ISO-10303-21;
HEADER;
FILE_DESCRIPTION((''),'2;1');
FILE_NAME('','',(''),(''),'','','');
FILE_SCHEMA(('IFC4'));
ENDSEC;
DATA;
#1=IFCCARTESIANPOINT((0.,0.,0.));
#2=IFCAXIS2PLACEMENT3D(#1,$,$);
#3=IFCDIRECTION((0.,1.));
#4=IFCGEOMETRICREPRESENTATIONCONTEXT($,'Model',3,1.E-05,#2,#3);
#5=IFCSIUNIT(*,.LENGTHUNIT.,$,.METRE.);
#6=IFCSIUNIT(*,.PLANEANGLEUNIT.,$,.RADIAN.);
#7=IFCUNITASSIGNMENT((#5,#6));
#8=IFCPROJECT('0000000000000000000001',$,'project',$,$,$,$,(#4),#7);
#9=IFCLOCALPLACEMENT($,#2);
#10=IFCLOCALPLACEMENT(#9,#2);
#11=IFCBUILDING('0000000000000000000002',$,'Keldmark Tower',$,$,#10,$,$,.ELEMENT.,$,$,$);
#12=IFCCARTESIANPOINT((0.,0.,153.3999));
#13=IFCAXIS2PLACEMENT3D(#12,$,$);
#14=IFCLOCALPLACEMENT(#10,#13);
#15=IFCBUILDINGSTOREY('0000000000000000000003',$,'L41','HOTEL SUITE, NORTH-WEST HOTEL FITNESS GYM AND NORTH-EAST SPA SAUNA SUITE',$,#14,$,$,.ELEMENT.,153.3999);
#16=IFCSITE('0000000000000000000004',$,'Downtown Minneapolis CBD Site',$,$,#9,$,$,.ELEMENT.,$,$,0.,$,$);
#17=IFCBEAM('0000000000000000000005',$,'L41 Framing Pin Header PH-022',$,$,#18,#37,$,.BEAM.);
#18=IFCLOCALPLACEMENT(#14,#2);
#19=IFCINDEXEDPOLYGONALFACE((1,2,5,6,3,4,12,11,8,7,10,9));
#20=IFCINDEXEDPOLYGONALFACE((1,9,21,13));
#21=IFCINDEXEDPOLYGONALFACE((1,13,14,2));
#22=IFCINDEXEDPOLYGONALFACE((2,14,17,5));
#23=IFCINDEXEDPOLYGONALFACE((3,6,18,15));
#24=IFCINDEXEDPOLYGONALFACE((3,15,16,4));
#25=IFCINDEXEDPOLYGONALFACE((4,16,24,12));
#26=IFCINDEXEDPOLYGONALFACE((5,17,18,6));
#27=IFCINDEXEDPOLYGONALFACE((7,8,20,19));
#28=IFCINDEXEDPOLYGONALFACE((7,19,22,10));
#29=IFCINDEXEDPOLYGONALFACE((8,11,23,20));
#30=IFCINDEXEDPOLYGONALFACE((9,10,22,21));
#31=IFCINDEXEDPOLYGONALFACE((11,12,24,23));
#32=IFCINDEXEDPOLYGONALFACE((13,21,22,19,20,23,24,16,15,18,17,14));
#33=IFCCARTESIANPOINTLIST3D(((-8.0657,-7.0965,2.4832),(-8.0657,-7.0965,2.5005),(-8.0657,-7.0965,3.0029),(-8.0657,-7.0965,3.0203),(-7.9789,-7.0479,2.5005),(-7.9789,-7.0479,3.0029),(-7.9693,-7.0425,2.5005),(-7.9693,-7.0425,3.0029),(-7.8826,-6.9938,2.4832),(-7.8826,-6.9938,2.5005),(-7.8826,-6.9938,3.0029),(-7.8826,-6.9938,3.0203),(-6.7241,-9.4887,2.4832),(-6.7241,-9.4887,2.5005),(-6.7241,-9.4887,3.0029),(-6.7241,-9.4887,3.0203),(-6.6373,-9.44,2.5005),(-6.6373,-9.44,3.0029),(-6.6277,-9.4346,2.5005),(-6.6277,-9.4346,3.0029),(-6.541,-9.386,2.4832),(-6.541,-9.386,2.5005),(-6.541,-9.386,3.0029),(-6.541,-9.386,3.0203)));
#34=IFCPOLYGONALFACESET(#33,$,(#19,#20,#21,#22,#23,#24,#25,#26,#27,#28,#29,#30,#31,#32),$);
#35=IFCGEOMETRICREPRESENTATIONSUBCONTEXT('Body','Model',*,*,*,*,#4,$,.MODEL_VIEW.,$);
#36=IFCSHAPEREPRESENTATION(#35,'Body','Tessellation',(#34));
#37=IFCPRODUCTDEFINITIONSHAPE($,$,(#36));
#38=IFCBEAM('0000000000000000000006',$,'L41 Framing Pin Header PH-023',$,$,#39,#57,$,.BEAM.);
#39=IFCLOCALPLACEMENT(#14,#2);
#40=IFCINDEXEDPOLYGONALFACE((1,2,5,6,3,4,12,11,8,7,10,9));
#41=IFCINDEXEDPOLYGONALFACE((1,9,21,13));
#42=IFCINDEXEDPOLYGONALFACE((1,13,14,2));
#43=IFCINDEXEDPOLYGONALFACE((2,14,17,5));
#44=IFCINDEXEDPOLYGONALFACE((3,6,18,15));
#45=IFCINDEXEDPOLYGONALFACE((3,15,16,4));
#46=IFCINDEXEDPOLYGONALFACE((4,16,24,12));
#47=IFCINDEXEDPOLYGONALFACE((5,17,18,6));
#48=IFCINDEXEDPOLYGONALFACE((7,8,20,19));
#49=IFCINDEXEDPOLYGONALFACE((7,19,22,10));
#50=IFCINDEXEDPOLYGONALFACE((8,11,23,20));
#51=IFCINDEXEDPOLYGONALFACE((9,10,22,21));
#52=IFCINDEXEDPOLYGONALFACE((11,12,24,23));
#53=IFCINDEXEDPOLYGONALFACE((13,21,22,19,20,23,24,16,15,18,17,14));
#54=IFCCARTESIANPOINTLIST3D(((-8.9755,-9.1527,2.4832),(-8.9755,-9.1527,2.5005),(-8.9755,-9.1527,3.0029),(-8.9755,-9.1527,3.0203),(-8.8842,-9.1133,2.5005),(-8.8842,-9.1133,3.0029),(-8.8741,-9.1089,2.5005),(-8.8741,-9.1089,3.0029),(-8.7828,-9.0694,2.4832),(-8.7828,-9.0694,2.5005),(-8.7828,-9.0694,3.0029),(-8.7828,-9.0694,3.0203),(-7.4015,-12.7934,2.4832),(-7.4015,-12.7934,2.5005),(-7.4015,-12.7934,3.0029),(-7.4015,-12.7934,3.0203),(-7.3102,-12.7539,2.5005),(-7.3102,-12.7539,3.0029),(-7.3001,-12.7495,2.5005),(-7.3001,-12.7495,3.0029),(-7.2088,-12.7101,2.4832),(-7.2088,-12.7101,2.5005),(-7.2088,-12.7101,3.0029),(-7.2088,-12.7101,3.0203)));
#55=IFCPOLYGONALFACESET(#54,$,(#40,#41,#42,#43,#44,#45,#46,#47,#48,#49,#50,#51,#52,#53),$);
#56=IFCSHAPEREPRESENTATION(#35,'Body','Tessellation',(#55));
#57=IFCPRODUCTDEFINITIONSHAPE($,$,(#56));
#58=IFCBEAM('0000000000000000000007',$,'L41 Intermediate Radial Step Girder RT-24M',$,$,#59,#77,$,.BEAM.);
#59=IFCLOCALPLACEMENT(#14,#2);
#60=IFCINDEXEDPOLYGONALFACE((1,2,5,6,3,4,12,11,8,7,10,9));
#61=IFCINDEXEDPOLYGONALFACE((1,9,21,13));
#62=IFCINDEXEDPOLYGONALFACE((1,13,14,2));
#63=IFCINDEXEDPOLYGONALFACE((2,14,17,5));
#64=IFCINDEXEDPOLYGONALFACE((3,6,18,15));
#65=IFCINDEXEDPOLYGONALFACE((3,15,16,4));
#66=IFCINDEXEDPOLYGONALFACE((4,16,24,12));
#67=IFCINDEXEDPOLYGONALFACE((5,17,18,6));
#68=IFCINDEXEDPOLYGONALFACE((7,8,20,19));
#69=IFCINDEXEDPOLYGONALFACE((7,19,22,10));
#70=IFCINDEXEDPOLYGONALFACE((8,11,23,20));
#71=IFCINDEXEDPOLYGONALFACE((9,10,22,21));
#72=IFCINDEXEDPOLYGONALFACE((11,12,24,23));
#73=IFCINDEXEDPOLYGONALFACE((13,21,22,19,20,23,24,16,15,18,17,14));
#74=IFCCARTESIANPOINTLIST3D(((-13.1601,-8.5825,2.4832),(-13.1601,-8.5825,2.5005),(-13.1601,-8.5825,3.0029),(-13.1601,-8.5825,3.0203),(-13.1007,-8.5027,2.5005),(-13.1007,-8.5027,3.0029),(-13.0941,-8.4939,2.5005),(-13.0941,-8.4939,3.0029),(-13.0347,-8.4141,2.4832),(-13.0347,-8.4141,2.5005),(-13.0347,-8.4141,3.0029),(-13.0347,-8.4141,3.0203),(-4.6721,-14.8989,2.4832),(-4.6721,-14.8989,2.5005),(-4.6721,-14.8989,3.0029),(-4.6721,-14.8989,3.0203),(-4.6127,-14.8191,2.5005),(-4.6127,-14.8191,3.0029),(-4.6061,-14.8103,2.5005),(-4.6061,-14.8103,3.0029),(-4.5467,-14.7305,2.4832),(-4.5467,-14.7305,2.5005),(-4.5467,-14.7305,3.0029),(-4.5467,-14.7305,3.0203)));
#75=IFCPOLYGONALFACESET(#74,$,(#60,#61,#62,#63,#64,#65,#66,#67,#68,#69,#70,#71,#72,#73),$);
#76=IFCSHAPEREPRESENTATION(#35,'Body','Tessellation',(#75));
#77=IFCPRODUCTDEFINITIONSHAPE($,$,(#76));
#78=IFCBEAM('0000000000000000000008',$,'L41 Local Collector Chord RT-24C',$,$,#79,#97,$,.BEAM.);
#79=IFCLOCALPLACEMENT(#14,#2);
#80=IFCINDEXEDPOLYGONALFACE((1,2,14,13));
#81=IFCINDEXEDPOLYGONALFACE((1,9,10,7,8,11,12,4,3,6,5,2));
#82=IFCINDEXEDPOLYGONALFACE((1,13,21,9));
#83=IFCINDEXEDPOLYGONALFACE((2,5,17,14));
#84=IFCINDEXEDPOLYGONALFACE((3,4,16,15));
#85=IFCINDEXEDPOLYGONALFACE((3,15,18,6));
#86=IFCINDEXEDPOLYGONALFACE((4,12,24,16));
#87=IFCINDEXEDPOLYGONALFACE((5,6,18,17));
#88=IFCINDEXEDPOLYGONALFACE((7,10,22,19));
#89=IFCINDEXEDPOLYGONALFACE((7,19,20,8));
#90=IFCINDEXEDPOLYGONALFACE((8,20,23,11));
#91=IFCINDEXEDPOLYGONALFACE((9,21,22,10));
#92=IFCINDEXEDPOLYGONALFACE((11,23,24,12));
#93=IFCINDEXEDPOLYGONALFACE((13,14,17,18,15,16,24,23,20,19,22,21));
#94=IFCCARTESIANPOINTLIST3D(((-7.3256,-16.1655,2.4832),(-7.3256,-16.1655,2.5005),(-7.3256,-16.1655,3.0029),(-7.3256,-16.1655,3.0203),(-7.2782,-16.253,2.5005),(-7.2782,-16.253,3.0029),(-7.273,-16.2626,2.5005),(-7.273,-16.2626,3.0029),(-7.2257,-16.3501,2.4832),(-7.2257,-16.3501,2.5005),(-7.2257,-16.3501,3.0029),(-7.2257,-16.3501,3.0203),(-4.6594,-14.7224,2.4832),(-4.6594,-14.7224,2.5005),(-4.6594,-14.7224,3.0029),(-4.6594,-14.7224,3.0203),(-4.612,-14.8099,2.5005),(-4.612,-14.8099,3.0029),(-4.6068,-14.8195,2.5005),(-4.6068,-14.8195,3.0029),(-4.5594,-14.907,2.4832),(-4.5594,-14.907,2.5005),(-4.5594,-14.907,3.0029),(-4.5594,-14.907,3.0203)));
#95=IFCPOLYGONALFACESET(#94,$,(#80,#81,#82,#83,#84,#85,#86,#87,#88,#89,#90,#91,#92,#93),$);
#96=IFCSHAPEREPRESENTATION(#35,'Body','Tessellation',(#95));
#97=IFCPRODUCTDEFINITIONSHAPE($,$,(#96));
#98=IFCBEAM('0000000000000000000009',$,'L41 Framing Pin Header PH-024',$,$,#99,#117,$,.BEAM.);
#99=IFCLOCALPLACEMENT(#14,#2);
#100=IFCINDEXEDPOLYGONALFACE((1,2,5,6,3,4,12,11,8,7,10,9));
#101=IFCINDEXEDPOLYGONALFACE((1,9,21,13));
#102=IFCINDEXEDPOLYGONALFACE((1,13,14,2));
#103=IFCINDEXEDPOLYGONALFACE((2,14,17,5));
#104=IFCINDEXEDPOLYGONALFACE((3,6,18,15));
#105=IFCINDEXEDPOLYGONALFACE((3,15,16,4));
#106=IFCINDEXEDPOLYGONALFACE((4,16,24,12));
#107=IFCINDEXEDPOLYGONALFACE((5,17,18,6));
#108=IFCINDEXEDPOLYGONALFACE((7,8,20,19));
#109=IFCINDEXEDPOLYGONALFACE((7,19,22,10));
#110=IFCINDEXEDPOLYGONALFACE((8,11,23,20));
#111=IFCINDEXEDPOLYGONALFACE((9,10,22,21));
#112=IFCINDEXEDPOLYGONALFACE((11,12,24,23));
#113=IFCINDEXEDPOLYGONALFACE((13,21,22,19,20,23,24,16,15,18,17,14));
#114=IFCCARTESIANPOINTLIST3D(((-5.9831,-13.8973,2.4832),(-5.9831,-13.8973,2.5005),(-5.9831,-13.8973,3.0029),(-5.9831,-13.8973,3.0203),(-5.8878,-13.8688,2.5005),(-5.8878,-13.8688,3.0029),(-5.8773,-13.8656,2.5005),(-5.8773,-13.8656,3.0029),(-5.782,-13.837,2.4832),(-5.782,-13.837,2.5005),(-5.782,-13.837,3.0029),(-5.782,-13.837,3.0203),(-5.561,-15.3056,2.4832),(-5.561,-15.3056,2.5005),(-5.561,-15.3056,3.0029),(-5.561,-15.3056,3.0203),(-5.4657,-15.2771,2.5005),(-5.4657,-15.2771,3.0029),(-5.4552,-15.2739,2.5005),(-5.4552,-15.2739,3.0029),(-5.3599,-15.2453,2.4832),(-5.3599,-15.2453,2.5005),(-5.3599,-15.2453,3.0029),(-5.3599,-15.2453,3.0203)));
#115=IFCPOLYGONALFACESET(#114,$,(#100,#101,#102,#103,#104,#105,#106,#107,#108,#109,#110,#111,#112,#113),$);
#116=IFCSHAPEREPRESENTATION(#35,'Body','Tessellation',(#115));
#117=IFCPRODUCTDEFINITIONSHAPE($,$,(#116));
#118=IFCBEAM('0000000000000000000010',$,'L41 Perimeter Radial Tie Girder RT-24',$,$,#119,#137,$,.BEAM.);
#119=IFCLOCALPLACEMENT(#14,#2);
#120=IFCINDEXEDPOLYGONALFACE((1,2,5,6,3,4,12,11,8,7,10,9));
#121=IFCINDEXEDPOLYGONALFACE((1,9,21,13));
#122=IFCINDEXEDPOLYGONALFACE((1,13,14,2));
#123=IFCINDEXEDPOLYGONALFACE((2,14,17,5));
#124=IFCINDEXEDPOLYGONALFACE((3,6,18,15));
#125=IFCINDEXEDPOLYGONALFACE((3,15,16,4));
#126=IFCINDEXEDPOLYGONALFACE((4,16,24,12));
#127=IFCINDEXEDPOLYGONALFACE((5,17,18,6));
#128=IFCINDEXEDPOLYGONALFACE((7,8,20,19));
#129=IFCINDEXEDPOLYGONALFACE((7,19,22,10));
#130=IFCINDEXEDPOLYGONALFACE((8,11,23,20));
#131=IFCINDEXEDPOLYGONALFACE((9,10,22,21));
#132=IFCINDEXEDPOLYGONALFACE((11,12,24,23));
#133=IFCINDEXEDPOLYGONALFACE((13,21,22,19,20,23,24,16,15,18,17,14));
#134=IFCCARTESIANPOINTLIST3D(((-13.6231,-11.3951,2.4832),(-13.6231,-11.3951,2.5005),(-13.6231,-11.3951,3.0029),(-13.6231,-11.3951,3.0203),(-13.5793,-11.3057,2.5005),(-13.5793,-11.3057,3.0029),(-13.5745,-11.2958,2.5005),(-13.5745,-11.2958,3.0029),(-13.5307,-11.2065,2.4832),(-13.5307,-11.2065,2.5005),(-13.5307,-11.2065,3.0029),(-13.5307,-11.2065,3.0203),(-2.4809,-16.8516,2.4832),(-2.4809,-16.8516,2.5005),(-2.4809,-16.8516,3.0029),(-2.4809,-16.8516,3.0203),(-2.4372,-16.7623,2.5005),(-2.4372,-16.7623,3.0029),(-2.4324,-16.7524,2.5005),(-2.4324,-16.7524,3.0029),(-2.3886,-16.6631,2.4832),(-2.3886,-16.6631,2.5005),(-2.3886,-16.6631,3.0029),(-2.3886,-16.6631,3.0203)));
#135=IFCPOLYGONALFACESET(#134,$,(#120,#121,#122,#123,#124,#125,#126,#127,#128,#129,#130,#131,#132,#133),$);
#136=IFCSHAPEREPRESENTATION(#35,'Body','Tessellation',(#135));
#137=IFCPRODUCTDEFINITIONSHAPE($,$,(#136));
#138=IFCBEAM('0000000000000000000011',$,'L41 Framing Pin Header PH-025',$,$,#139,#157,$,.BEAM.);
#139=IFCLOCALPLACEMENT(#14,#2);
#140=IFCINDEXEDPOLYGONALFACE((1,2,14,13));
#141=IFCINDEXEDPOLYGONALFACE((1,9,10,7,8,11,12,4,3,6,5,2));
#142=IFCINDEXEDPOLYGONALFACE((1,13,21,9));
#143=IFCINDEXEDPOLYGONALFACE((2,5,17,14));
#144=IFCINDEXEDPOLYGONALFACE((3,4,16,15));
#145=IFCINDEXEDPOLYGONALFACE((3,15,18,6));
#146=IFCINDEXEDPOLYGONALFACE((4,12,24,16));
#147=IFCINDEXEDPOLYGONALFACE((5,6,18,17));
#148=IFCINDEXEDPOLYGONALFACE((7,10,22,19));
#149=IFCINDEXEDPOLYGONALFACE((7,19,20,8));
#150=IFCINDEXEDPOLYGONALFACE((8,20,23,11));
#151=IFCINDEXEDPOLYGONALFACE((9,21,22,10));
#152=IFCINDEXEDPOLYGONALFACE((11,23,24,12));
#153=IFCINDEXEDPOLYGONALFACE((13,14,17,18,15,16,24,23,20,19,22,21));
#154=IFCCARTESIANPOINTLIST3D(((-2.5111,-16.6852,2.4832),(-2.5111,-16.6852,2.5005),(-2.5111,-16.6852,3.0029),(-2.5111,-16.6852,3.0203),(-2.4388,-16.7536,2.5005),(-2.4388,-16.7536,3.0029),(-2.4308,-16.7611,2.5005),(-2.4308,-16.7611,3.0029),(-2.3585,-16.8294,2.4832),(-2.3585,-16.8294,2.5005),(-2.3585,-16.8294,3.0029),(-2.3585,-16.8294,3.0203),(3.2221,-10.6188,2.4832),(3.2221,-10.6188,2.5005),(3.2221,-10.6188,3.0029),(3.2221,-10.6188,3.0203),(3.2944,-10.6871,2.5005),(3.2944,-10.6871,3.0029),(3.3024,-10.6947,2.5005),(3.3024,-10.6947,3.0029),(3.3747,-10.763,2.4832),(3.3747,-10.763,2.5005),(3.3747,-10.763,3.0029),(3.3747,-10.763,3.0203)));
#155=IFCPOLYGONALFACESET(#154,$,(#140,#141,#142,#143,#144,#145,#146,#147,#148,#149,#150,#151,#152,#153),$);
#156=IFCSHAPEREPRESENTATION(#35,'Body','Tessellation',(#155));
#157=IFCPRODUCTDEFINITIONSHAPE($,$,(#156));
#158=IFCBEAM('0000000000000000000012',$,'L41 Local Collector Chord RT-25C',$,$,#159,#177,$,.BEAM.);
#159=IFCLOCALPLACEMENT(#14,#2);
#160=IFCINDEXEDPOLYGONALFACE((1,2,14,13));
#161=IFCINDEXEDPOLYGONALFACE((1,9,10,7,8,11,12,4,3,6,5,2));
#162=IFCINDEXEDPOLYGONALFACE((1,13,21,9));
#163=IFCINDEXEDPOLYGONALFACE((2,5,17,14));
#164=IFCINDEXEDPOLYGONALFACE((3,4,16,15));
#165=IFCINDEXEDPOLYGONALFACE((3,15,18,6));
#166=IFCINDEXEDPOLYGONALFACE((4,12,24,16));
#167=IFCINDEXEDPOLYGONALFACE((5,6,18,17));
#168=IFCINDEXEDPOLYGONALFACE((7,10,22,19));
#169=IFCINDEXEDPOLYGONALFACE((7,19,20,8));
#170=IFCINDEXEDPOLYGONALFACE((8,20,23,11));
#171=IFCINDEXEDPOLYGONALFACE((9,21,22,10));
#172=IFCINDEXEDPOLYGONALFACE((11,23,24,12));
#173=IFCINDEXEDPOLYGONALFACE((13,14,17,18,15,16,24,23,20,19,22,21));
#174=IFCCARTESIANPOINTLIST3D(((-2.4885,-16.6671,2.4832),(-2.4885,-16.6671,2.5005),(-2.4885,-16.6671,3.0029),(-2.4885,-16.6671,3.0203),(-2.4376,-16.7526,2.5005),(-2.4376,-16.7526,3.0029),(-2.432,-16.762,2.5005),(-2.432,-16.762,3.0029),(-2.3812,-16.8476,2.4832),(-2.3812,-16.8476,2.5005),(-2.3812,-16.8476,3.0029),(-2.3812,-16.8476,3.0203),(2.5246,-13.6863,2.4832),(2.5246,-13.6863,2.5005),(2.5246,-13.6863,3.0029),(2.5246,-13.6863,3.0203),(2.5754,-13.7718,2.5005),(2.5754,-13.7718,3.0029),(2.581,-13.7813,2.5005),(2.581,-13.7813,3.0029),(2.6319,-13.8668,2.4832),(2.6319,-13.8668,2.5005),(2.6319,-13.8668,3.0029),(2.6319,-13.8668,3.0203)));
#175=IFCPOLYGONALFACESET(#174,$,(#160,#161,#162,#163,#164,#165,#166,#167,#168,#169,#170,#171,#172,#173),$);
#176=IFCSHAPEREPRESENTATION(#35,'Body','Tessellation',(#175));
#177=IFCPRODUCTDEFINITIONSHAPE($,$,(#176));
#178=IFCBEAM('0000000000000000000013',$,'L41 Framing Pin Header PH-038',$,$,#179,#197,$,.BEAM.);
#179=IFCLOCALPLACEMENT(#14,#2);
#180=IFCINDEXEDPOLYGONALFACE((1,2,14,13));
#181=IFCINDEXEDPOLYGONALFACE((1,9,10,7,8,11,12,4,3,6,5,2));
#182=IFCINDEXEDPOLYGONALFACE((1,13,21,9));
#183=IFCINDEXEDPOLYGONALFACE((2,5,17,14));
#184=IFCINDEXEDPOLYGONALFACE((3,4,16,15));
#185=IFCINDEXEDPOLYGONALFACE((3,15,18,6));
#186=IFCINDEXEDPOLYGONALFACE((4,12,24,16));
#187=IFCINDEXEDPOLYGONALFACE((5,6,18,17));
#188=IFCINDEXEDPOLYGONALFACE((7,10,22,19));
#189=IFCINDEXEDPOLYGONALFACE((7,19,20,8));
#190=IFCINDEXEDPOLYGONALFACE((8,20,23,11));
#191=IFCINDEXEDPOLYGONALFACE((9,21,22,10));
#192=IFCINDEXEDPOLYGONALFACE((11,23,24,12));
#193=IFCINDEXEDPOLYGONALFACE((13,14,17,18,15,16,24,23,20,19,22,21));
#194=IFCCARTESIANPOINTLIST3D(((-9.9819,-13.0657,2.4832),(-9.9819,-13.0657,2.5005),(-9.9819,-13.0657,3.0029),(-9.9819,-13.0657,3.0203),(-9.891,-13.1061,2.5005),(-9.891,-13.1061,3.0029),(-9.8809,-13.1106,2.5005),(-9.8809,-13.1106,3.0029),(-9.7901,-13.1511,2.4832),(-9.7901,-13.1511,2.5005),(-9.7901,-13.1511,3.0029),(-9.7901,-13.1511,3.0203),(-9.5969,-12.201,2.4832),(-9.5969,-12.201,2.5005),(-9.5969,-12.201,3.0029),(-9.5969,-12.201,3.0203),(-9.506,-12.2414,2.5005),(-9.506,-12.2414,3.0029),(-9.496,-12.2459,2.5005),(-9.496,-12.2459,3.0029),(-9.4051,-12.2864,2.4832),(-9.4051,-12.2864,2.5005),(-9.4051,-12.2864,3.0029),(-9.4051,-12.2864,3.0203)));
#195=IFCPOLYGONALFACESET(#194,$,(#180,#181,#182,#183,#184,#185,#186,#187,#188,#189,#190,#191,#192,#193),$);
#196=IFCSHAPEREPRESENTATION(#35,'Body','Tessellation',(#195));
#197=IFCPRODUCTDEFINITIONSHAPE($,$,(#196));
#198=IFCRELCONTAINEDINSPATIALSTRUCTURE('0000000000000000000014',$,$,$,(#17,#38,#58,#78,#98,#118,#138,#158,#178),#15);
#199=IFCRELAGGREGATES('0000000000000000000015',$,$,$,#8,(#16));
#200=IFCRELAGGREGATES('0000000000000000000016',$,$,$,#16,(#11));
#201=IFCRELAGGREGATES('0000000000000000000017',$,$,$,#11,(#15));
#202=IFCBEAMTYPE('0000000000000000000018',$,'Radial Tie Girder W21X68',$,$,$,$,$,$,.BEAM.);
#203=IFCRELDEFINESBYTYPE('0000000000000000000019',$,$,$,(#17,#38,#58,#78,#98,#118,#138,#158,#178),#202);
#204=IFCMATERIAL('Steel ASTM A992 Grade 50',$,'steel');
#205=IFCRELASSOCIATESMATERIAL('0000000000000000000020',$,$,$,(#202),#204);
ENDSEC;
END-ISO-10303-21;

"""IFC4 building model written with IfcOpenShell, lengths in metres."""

from ifc_helpers import new_model, si_unit, direction, frame, origin, origin_2d, place, context, subcontext, project, spatial, i_section, extrude, material, material_profile, profile_set, type_object, element, save


model = new_model("IFC4")

# Units and contexts
model_context = context("Model", 3, precision=1e-05, world=origin(), true_north=direction((0.0, 1.0)))
body_context = subcontext(model_context, "Body", "Model", "MODEL_VIEW")
ifc_project = project(units=[si_unit("LENGTHUNIT", "METRE"), si_unit("PLANEANGLEUNIT", "RADIAN")], contexts=[model_context])

# Site, building, storey
site_placement = place(None, origin())
site = spatial("IfcSite", under=ifc_project, at=site_placement, Name="Downtown Minneapolis CBD Site", CompositionType="ELEMENT", RefElevation=0.0)
building_placement = place(site_placement, origin())
building = spatial("IfcBuilding", under=site, at=building_placement, Name="Keldmark Tower", CompositionType="ELEMENT")
storey_placement = place(building_placement, frame((0.0, 0.0, 153.3999)))
storey = spatial("IfcBuildingStorey", under=building, at=storey_placement, Name="L41", Description="HOTEL SUITE, NORTH-WEST HOTEL FITNESS GYM AND NORTH-EAST SPA SAUNA SUITE", CompositionType="ELEMENT", Elevation=153.3999)

# Beams
ifc_material_1 = material(Name="Steel ASTM A992 Grade 50", Category="steel")
ifc_material_profile_1 = material_profile(ifc_material_1, i_section(OverallWidth=0.21, OverallDepth=0.5371, WebThickness=0.011, FlangeThickness=0.0173, at=origin_2d()), Name="W21X68")
ifc_profile_set_1 = profile_set([ifc_material_profile_1], Name="Steel ASTM A992 Grade 50")
beam_type_1 = type_object("IfcBeamType", Name="Radial Tie Girder W21X68", PredefinedType="BEAM", material=ifc_profile_set_1)
beam_1_placement = place(storey_placement, frame((-7.9741, -7.0452, 2.7517), z_axis=(0.489154, -0.872198, 0.0), x_axis=(0.872198, 0.489154, 0.0)))
element("IfcBeam", 1, at=beam_1_placement, inside=storey, type_object=beam_type_1, Name="L41 Framing Pin Header PH-022", PredefinedType="BEAM", context=body_context, shape_type="SweptSolid", body=[
    extrude(i_section(OverallWidth=0.21, OverallDepth=0.5371, WebThickness=0.011, FlangeThickness=0.0173, at=origin_2d()), origin(), (0.0, 0.0, 1.0), 2.7427),
])
beam_2_placement = place(storey_placement, frame((-8.8792, -9.1111, 2.7517), z_axis=(0.396837, -0.917889, 0.0), x_axis=(0.917889, 0.396837, 0.0)))
element("IfcBeam", 2, at=beam_2_placement, inside=storey, type_object=beam_type_1, Name="L41 Framing Pin Header PH-023", PredefinedType="BEAM", context=body_context, shape_type="SweptSolid", body=[
    extrude(i_section(OverallWidth=0.21, OverallDepth=0.5371, WebThickness=0.011, FlangeThickness=0.0173, at=origin_2d()), origin(), (0.0, 0.0, 1.0), 3.9663),
])
beam_3_placement = place(storey_placement, frame((-13.0974, -8.4983, 2.7517), z_axis=(0.802246, -0.596994, 0.0), x_axis=(0.596994, 0.802246, 0.0)))
element("IfcBeam", 3, at=beam_3_placement, inside=storey, type_object=beam_type_1, Name="L41 Intermediate Radial Step Girder RT-24M", PredefinedType="BEAM", context=body_context, shape_type="SweptSolid", body=[
    extrude(i_section(OverallWidth=0.21, OverallDepth=0.5371, WebThickness=0.011, FlangeThickness=0.0173, at=origin_2d()), origin(), (0.0, 0.0, 1.0), 10.5803),
])
beam_4_placement = place(storey_placement, frame((-7.2756, -16.2578, 2.7517), z_axis=(0.879445, 0.476, 0.0), x_axis=(-0.476, 0.879445, 0.0)))
element("IfcBeam", 4, at=beam_4_placement, inside=storey, type_object=beam_type_1, Name="L41 Local Collector Chord RT-24C", PredefinedType="BEAM", context=body_context, shape_type="SweptSolid", body=[
    extrude(i_section(OverallWidth=0.21, OverallDepth=0.5371, WebThickness=0.011, FlangeThickness=0.0173, at=origin_2d()), origin(), (0.0, 0.0, 1.0), 3.0317),
])
beam_5_placement = place(storey_placement, frame((-5.8826, -13.8672, 2.7517), z_axis=(0.287135, -0.95789, 0.0), x_axis=(0.95789, 0.287135, 0.0)))
element("IfcBeam", 5, at=beam_5_placement, inside=storey, type_object=beam_type_1, Name="L41 Framing Pin Header PH-024", PredefinedType="BEAM", context=body_context, shape_type="SweptSolid", body=[
    extrude(i_section(OverallWidth=0.21, OverallDepth=0.5371, WebThickness=0.011, FlangeThickness=0.0173, at=origin_2d()), origin(), (0.0, 0.0, 1.0), 1.4702),
])
beam_6_placement = place(storey_placement, frame((-13.5769, -11.3008, 2.7517), z_axis=(0.898088, -0.439815, 0.0), x_axis=(0.439815, 0.898088, 0.0)))
element("IfcBeam", 6, at=beam_6_placement, inside=storey, type_object=beam_type_1, Name="L41 Perimeter Radial Tie Girder RT-24", PredefinedType="BEAM", context=body_context, shape_type="SweptSolid", body=[
    extrude(i_section(OverallWidth=0.21, OverallDepth=0.5371, WebThickness=0.011, FlangeThickness=0.0173, at=origin_2d()), origin(), (0.0, 0.0, 1.0), 12.4065),
])
beam_7_placement = place(storey_placement, frame((-2.4348, -16.7573, 2.7517), z_axis=(0.686862, 0.726788, 0.0), x_axis=(-0.726788, 0.686862, 0.0)))
element("IfcBeam", 7, at=beam_7_placement, inside=storey, type_object=beam_type_1, Name="L41 Framing Pin Header PH-025", PredefinedType="BEAM", context=body_context, shape_type="SweptSolid", body=[
    extrude(i_section(OverallWidth=0.21, OverallDepth=0.5371, WebThickness=0.011, FlangeThickness=0.0173, at=origin_2d()), origin(), (0.0, 0.0, 1.0), 8.3469),
])
beam_8_placement = place(storey_placement, frame((-2.4348, -16.7573, 2.7517), z_axis=(0.859532, 0.511081, 0.0), x_axis=(-0.511081, 0.859532, 0.0)))
element("IfcBeam", 8, at=beam_8_placement, inside=storey, type_object=beam_type_1, Name="L41 Local Collector Chord RT-25C", PredefinedType="BEAM", context=body_context, shape_type="SweptSolid", body=[
    extrude(i_section(OverallWidth=0.21, OverallDepth=0.5371, WebThickness=0.011, FlangeThickness=0.0173, at=origin_2d()), origin(), (0.0, 0.0, 1.0), 5.8323),
])
beam_9_placement = place(storey_placement, frame((-9.501, -12.2437, 2.7517), z_axis=(-0.406737, -0.913545, 0.0), x_axis=(0.913545, -0.406737, 0.0)))
element("IfcBeam", 9, at=beam_9_placement, inside=storey, type_object=beam_type_1, Name="L41 Framing Pin Header PH-038", PredefinedType="BEAM", context=body_context, shape_type="SweptSolid", body=[
    extrude(i_section(OverallWidth=0.21, OverallDepth=0.5371, WebThickness=0.011, FlangeThickness=0.0173, at=origin_2d()), origin(), (0.0, 0.0, 1.0), 0.9465),
])

save(model, "model.ifc")
